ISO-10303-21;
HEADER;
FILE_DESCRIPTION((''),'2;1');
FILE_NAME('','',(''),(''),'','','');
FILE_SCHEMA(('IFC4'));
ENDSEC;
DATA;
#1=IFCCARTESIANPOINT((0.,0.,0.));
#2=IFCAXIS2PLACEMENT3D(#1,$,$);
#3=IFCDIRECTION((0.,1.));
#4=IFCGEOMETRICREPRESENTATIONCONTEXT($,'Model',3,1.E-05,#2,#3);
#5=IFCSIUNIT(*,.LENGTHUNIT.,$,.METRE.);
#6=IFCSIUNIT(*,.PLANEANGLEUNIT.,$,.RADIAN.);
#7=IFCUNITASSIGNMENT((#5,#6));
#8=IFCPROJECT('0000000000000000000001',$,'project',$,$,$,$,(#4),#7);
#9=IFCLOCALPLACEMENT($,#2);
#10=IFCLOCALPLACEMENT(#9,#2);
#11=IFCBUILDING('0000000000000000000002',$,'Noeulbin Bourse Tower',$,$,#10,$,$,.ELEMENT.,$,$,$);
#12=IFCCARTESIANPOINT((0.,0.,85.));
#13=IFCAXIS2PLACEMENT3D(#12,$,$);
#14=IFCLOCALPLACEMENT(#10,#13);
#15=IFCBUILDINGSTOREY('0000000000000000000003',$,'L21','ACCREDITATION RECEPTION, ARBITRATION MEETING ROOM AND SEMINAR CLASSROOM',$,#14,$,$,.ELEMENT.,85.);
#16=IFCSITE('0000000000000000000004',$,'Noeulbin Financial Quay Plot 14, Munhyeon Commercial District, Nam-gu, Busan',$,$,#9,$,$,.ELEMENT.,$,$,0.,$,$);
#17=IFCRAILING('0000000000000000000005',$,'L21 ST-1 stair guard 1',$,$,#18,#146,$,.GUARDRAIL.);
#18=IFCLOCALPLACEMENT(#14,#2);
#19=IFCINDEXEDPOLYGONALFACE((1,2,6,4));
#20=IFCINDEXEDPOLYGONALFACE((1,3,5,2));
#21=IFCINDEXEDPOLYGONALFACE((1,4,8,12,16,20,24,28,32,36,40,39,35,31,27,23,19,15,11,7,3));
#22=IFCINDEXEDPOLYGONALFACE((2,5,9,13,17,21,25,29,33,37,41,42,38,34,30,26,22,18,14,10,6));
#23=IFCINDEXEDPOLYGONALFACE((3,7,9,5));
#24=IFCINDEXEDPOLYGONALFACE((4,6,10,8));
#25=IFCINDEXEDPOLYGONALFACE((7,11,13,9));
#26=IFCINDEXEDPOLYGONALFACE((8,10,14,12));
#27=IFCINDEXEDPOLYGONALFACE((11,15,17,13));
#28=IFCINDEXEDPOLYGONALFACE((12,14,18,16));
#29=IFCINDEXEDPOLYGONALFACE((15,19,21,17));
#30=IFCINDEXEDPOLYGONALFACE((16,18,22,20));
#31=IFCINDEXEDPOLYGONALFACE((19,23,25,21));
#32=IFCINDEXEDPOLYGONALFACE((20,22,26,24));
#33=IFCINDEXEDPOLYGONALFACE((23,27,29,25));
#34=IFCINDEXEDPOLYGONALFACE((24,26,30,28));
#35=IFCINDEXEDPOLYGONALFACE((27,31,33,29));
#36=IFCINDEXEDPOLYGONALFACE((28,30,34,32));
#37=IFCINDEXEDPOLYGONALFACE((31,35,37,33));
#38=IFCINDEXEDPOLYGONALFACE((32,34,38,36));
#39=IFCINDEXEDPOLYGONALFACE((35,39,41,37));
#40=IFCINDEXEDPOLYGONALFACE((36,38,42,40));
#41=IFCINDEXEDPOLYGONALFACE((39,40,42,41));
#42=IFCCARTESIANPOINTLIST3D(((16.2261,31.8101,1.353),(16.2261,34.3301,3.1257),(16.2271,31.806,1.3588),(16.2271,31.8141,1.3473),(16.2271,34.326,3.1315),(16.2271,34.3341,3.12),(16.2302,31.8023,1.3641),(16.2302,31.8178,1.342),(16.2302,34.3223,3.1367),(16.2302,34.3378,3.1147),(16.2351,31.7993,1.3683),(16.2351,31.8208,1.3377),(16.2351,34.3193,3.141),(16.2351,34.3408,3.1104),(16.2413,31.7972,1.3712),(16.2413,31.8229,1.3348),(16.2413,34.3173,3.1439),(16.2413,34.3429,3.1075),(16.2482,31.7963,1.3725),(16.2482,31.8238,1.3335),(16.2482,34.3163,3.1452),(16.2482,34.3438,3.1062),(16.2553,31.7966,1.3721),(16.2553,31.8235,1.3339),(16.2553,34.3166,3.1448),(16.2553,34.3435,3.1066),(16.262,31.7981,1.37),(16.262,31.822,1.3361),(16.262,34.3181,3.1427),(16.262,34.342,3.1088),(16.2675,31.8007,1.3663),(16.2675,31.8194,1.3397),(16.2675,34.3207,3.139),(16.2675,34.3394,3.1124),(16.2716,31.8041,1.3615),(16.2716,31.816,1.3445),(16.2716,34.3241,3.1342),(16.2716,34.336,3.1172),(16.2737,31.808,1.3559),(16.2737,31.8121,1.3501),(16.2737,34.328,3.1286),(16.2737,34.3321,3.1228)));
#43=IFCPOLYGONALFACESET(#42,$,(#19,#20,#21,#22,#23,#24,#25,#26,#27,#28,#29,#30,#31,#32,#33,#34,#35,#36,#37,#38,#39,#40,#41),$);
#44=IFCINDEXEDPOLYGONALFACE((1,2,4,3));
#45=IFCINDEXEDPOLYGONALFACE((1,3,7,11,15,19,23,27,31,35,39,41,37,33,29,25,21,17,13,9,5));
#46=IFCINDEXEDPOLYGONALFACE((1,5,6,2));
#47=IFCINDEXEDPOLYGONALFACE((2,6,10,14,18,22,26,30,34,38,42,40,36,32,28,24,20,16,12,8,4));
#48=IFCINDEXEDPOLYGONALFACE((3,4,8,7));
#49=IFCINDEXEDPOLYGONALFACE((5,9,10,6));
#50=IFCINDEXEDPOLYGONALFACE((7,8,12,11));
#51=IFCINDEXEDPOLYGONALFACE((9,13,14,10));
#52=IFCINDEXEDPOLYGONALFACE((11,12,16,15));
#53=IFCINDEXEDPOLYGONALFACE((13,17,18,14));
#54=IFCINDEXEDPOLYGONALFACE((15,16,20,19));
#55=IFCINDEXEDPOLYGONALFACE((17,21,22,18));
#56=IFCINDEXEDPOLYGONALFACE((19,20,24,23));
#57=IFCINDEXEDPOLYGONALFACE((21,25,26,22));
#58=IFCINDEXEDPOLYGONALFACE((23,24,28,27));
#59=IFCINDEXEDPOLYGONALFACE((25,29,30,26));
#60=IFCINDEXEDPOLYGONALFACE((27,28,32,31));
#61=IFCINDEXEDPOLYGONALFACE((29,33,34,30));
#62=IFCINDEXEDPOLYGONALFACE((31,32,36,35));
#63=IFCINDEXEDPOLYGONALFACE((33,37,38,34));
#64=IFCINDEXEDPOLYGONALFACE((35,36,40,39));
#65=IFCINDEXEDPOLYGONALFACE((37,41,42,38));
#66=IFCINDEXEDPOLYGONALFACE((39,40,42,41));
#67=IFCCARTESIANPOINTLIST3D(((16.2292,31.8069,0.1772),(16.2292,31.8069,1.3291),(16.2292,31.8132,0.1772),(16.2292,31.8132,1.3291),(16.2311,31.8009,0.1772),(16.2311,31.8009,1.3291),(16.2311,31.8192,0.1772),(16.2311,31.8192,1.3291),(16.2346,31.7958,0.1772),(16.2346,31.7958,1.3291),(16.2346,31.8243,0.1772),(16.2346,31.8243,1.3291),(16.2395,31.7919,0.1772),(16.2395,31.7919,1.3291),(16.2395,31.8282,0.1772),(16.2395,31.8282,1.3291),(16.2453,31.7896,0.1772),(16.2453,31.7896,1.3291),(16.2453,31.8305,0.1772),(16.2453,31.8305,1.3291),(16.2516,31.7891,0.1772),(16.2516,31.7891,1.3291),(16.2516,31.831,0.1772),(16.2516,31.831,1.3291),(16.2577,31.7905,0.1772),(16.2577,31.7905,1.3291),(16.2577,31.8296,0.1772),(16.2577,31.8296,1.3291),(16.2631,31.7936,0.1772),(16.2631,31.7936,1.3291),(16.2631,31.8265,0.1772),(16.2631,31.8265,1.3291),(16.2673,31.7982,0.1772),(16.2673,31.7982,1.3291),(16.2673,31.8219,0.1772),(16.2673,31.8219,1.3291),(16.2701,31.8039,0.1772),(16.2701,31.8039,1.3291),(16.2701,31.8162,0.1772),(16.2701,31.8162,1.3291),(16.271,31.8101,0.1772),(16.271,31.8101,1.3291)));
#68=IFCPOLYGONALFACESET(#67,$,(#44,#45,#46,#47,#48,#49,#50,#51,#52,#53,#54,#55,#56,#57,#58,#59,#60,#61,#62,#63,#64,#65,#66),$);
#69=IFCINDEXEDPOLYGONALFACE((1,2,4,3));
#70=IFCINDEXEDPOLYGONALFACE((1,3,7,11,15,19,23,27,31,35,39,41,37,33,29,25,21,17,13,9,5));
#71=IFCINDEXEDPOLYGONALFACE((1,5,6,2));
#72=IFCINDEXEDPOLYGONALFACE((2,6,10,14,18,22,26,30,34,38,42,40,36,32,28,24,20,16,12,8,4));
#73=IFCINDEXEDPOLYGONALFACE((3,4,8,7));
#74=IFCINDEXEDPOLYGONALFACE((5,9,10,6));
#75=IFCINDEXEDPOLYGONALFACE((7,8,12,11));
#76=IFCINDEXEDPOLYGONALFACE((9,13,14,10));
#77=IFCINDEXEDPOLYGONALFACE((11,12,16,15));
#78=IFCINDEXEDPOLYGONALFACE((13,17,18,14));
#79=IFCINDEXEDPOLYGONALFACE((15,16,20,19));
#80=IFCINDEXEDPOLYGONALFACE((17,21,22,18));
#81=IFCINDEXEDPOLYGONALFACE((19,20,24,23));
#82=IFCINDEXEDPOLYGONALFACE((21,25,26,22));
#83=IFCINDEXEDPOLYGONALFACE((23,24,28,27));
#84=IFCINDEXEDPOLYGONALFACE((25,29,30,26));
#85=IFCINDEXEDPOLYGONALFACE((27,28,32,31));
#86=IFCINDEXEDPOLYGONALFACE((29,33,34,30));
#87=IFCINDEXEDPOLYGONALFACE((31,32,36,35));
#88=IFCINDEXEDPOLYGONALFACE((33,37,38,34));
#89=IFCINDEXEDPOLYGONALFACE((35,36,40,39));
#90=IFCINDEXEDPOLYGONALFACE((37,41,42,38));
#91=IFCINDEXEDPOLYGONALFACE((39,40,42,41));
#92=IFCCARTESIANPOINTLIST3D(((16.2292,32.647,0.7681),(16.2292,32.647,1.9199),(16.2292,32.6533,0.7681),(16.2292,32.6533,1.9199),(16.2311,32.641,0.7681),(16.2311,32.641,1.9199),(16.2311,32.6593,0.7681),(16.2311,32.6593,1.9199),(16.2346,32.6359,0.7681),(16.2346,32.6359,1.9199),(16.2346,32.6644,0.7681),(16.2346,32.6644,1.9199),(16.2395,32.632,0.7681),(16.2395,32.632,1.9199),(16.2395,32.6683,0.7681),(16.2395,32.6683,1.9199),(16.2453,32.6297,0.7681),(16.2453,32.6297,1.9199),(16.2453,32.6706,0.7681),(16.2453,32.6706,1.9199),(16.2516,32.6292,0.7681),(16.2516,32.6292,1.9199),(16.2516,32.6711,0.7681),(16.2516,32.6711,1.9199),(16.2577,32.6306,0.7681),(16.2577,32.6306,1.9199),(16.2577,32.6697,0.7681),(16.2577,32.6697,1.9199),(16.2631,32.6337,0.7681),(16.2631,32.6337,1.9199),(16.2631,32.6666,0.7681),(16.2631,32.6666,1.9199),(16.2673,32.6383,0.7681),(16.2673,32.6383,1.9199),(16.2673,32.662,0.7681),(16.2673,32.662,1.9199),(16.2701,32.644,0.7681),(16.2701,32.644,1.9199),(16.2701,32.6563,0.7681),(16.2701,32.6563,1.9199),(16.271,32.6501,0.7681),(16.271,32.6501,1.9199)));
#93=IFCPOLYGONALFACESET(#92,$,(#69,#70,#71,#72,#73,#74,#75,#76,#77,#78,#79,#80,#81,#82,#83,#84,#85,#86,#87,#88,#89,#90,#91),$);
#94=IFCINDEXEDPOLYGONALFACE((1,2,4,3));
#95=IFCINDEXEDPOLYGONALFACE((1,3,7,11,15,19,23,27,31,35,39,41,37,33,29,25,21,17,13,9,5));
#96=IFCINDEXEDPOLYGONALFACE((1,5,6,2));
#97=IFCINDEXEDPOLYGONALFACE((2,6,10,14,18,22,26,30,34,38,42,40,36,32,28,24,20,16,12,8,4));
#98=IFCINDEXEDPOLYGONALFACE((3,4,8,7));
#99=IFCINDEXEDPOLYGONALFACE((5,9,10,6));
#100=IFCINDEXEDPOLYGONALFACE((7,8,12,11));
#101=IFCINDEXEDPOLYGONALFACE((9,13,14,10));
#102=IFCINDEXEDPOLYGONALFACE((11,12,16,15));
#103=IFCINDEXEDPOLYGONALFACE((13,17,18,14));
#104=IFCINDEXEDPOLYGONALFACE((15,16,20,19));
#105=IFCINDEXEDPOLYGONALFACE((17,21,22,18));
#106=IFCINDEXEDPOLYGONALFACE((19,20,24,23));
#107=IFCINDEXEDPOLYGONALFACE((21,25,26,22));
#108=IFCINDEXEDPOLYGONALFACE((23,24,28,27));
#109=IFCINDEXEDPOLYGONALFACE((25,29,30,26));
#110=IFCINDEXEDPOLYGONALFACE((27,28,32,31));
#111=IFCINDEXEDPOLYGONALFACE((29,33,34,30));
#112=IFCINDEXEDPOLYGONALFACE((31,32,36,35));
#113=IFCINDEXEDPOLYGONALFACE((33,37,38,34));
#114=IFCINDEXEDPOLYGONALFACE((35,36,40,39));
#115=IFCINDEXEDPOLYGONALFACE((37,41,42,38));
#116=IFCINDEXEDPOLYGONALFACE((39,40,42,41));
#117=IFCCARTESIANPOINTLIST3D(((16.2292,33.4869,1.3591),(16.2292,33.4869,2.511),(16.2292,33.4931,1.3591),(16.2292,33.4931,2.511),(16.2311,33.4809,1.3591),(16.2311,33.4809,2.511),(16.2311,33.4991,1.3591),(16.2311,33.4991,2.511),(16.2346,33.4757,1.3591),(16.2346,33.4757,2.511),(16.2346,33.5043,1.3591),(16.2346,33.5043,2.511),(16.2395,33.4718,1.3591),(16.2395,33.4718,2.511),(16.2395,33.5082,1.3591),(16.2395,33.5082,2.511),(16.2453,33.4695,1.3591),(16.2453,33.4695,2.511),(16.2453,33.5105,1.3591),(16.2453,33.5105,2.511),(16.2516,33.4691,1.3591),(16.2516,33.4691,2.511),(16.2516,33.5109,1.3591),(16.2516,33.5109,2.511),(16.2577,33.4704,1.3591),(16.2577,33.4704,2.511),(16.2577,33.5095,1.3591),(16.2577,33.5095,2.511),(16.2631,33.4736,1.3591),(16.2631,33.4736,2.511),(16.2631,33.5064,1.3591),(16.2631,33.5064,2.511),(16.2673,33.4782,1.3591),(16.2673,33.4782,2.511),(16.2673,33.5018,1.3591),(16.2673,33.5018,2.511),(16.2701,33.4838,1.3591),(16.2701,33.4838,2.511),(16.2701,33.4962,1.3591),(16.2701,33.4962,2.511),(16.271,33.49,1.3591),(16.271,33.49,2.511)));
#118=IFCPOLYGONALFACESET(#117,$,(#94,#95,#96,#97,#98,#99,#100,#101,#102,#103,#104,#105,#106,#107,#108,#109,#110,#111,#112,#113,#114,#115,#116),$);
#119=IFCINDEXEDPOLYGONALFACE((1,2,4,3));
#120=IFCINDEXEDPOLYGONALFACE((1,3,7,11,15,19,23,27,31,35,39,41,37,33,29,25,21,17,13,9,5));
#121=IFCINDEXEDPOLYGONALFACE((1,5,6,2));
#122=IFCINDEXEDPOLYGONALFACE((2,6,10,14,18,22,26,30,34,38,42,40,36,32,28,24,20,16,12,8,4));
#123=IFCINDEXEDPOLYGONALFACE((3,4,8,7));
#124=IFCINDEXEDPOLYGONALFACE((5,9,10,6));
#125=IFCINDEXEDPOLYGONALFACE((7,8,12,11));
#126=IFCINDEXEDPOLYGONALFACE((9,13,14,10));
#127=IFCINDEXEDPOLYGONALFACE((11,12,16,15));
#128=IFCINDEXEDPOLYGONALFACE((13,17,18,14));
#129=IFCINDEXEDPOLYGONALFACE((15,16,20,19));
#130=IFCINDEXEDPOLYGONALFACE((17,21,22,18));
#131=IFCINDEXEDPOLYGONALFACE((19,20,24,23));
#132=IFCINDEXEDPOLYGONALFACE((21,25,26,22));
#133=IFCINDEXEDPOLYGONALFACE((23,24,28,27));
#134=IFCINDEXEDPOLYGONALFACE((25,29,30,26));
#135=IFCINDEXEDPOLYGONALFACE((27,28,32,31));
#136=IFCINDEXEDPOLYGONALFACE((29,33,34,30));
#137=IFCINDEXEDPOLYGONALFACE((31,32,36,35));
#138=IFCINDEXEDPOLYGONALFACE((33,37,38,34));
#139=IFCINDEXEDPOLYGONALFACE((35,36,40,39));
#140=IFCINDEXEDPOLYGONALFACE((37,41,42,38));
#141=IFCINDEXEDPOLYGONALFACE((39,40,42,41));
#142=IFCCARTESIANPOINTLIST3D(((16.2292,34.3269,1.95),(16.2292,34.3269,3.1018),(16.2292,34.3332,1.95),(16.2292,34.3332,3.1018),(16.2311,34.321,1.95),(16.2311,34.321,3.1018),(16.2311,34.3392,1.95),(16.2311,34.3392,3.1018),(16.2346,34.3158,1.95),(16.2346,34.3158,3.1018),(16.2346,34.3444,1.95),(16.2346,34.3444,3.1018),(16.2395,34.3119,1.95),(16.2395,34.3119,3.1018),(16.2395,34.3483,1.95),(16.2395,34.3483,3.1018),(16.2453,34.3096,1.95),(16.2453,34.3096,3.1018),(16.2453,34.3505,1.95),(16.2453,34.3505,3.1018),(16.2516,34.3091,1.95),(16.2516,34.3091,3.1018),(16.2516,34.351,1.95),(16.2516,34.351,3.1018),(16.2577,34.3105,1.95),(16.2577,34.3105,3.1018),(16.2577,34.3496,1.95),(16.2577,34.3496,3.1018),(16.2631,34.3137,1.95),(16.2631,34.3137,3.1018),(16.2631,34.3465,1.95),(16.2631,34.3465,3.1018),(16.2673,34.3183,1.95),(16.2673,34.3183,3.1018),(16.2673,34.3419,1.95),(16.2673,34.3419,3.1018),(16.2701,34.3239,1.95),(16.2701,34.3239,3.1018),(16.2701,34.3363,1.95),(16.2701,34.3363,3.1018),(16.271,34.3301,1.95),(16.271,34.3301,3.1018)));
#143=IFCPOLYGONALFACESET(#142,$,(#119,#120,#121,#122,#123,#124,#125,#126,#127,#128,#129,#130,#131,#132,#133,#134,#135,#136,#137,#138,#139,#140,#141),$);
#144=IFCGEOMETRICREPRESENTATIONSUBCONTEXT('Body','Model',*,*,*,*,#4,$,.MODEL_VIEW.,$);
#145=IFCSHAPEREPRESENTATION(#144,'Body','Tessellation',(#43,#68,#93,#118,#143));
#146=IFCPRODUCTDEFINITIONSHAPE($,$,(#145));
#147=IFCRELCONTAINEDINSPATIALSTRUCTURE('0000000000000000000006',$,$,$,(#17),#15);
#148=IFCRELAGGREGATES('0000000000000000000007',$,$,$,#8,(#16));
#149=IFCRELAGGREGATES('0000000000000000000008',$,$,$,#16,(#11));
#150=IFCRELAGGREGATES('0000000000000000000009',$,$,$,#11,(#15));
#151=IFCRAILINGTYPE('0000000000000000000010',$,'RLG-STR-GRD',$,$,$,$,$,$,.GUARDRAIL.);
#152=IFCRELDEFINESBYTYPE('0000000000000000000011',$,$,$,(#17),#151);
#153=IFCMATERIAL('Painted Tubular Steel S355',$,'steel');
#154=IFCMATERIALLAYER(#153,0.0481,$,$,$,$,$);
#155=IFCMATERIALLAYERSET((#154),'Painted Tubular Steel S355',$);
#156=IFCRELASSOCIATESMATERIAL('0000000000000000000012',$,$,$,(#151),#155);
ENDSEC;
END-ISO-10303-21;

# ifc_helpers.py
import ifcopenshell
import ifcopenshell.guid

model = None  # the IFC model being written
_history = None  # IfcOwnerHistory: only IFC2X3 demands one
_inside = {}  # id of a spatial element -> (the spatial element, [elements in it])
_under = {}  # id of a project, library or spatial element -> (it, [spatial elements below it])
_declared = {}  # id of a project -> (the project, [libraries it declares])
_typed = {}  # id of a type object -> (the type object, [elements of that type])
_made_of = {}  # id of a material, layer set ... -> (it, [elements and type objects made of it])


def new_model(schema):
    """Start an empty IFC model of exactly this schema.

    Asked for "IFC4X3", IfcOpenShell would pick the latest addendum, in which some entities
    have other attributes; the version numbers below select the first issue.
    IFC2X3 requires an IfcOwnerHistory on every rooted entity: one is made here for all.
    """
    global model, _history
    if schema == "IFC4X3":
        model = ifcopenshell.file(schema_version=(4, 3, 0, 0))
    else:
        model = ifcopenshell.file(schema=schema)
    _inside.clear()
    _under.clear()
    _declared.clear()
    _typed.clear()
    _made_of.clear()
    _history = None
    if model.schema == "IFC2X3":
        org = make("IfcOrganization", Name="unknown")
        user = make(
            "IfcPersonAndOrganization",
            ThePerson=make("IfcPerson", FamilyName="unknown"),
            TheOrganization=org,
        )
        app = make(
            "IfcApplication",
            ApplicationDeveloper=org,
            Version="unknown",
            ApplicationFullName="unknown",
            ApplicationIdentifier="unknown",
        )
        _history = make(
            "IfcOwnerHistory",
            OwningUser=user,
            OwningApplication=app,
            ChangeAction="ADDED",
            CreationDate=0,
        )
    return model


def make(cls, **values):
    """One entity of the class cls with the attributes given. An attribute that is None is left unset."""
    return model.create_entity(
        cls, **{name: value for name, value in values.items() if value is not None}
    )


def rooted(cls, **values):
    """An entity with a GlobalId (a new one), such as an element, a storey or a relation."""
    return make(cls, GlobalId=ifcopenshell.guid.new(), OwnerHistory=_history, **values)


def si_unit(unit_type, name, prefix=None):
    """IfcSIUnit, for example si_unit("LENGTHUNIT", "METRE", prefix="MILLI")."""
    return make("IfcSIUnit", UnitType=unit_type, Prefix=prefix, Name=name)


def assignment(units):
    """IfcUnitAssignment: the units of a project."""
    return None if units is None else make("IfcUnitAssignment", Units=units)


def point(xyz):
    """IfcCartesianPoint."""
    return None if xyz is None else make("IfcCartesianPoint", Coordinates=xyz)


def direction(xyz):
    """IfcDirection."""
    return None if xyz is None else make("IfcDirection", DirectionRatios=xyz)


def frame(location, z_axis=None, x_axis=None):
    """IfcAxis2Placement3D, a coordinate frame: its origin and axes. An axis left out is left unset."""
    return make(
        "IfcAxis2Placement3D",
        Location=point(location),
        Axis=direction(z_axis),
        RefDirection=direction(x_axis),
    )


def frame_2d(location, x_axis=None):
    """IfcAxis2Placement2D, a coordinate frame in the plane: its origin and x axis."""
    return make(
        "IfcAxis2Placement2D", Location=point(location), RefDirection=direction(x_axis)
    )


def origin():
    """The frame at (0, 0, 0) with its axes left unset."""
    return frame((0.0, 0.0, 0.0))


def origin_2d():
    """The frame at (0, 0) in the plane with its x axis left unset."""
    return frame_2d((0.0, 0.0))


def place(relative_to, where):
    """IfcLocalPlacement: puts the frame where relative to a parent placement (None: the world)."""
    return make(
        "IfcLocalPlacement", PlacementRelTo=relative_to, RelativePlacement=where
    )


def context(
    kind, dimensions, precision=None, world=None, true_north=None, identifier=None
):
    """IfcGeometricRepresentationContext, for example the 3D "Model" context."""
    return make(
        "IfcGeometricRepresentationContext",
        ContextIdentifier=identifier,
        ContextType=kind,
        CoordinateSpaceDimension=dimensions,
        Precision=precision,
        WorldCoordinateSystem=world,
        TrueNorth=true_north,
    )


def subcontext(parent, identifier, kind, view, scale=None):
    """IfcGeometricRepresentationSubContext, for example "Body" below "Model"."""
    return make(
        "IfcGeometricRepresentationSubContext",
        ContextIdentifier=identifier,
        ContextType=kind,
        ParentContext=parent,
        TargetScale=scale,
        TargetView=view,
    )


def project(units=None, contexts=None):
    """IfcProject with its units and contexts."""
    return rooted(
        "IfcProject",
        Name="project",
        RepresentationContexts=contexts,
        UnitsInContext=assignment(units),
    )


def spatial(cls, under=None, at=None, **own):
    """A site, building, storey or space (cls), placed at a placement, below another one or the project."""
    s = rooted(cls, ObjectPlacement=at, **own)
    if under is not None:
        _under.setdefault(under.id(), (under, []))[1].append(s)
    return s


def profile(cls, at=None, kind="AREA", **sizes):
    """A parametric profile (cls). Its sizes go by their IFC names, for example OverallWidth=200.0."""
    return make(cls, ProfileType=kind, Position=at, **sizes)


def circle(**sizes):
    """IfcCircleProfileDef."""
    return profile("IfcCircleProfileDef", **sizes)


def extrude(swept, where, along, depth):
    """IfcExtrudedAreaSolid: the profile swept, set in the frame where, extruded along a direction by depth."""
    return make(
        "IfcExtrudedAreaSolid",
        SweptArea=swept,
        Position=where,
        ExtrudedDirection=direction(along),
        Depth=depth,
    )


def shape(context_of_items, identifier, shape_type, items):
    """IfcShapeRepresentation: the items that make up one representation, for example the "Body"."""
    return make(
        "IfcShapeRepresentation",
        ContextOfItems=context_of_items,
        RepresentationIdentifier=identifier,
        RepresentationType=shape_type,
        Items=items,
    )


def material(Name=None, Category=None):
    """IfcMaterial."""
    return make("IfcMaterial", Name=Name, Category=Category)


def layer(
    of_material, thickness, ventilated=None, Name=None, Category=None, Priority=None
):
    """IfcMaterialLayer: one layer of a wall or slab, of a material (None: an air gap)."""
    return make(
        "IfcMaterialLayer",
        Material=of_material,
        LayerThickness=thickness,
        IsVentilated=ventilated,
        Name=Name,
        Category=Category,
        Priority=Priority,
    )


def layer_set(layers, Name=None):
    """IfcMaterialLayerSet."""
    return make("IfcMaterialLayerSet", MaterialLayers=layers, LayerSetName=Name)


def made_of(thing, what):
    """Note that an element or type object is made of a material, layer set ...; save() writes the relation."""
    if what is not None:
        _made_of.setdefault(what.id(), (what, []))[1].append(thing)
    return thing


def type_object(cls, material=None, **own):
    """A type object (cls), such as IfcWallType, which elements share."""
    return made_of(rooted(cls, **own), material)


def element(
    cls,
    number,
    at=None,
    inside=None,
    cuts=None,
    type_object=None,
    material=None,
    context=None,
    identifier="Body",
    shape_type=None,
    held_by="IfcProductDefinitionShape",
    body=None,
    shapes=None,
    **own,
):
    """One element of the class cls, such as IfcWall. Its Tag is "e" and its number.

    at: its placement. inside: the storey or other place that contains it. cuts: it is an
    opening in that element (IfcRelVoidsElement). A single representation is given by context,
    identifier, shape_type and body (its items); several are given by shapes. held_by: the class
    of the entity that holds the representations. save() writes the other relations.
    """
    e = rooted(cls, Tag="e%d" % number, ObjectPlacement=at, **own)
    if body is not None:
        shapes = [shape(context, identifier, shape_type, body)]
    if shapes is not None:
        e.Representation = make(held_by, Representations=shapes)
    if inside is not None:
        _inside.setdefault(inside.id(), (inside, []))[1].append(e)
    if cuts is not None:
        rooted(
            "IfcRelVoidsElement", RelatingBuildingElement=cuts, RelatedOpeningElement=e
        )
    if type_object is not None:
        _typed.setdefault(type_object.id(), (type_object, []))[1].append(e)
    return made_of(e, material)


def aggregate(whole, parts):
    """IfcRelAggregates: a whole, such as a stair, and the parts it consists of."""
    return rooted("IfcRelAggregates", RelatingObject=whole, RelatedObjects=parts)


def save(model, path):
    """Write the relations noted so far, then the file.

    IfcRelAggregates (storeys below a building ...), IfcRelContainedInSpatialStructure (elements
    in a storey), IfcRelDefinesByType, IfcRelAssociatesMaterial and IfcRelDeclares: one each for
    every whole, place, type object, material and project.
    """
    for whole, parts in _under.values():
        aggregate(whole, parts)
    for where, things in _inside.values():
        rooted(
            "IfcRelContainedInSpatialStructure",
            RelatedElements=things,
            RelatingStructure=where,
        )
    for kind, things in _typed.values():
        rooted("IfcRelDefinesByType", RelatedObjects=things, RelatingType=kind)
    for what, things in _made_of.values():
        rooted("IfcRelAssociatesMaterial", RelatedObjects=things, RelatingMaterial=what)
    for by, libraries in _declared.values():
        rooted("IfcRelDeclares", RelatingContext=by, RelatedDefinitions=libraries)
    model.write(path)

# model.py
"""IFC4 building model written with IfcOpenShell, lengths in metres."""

from ifc_helpers import new_model, si_unit, direction, frame, origin, origin_2d, place, context, subcontext, project, spatial, circle, extrude, material, layer, layer_set, type_object, element, save


model = new_model("IFC4")

# Units and contexts
model_context = context("Model", 3, precision=1e-05, world=origin(), true_north=direction((0.0, 1.0)))
body_context = subcontext(model_context, "Body", "Model", "MODEL_VIEW")
ifc_project = project(units=[si_unit("LENGTHUNIT", "METRE"), si_unit("PLANEANGLEUNIT", "RADIAN")], contexts=[model_context])

# Site, building, storey
site_placement = place(None, origin())
site = spatial("IfcSite", under=ifc_project, at=site_placement, Name="Noeulbin Financial Quay Plot 14, Munhyeon Commercial District, Nam-gu, Busan", CompositionType="ELEMENT", RefElevation=0.0)
building_placement = place(site_placement, origin())
building = spatial("IfcBuilding", under=site, at=building_placement, Name="Noeulbin Bourse Tower", CompositionType="ELEMENT")
storey_placement = place(building_placement, frame((0.0, 0.0, 85.0)))
storey = spatial("IfcBuildingStorey", under=building, at=storey_placement, Name="L21", Description="ACCREDITATION RECEPTION, ARBITRATION MEETING ROOM AND SEMINAR CLASSROOM", CompositionType="ELEMENT", Elevation=85.0)

# Railing
ifc_material_1 = material(Name="Painted Tubular Steel S355", Category="steel")
ifc_layer_1 = layer(ifc_material_1, 0.0481)
ifc_layer_set_1 = layer_set([ifc_layer_1], Name="Painted Tubular Steel S355")
railing_type_1 = type_object("IfcRailingType", Name="RLG-STR-GRD", PredefinedType="GUARDRAIL", material=ifc_layer_set_1)
railing_1_placement = place(storey_placement, frame((16.25, 31.8101, 0.1772)))
element("IfcRailing", 1, at=railing_1_placement, inside=storey, type_object=railing_type_1, Name="L21 ST-1 stair guard 1", PredefinedType="GUARDRAIL", context=body_context, shape_type="SweptSolid", body=[
    extrude(circle(Radius=0.0239, at=origin_2d()), frame((0.0, 0.0, 1.1758), z_axis=(0.0, 0.817904, 0.575354), x_axis=(-1.0, 0.0, 0.0)), (0.0, 0.0, 1.0), 3.0811),
    extrude(circle(Radius=0.021, at=origin_2d()), origin(), (0.0, 0.0, 1.0), 1.1519),
    extrude(circle(Radius=0.021, at=origin_2d()), frame((0.0, 0.8401, 0.5908)), (0.0, 0.0, 1.0), 1.1519),
    extrude(circle(Radius=0.021, at=origin_2d()), frame((0.0, 1.6799, 1.1819)), (0.0, 0.0, 1.0), 1.1519),
    extrude(circle(Radius=0.021, at=origin_2d()), frame((0.0, 2.52, 1.7727)), (0.0, 0.0, 1.0), 1.1519),
])

save(model, "model.ifc")
